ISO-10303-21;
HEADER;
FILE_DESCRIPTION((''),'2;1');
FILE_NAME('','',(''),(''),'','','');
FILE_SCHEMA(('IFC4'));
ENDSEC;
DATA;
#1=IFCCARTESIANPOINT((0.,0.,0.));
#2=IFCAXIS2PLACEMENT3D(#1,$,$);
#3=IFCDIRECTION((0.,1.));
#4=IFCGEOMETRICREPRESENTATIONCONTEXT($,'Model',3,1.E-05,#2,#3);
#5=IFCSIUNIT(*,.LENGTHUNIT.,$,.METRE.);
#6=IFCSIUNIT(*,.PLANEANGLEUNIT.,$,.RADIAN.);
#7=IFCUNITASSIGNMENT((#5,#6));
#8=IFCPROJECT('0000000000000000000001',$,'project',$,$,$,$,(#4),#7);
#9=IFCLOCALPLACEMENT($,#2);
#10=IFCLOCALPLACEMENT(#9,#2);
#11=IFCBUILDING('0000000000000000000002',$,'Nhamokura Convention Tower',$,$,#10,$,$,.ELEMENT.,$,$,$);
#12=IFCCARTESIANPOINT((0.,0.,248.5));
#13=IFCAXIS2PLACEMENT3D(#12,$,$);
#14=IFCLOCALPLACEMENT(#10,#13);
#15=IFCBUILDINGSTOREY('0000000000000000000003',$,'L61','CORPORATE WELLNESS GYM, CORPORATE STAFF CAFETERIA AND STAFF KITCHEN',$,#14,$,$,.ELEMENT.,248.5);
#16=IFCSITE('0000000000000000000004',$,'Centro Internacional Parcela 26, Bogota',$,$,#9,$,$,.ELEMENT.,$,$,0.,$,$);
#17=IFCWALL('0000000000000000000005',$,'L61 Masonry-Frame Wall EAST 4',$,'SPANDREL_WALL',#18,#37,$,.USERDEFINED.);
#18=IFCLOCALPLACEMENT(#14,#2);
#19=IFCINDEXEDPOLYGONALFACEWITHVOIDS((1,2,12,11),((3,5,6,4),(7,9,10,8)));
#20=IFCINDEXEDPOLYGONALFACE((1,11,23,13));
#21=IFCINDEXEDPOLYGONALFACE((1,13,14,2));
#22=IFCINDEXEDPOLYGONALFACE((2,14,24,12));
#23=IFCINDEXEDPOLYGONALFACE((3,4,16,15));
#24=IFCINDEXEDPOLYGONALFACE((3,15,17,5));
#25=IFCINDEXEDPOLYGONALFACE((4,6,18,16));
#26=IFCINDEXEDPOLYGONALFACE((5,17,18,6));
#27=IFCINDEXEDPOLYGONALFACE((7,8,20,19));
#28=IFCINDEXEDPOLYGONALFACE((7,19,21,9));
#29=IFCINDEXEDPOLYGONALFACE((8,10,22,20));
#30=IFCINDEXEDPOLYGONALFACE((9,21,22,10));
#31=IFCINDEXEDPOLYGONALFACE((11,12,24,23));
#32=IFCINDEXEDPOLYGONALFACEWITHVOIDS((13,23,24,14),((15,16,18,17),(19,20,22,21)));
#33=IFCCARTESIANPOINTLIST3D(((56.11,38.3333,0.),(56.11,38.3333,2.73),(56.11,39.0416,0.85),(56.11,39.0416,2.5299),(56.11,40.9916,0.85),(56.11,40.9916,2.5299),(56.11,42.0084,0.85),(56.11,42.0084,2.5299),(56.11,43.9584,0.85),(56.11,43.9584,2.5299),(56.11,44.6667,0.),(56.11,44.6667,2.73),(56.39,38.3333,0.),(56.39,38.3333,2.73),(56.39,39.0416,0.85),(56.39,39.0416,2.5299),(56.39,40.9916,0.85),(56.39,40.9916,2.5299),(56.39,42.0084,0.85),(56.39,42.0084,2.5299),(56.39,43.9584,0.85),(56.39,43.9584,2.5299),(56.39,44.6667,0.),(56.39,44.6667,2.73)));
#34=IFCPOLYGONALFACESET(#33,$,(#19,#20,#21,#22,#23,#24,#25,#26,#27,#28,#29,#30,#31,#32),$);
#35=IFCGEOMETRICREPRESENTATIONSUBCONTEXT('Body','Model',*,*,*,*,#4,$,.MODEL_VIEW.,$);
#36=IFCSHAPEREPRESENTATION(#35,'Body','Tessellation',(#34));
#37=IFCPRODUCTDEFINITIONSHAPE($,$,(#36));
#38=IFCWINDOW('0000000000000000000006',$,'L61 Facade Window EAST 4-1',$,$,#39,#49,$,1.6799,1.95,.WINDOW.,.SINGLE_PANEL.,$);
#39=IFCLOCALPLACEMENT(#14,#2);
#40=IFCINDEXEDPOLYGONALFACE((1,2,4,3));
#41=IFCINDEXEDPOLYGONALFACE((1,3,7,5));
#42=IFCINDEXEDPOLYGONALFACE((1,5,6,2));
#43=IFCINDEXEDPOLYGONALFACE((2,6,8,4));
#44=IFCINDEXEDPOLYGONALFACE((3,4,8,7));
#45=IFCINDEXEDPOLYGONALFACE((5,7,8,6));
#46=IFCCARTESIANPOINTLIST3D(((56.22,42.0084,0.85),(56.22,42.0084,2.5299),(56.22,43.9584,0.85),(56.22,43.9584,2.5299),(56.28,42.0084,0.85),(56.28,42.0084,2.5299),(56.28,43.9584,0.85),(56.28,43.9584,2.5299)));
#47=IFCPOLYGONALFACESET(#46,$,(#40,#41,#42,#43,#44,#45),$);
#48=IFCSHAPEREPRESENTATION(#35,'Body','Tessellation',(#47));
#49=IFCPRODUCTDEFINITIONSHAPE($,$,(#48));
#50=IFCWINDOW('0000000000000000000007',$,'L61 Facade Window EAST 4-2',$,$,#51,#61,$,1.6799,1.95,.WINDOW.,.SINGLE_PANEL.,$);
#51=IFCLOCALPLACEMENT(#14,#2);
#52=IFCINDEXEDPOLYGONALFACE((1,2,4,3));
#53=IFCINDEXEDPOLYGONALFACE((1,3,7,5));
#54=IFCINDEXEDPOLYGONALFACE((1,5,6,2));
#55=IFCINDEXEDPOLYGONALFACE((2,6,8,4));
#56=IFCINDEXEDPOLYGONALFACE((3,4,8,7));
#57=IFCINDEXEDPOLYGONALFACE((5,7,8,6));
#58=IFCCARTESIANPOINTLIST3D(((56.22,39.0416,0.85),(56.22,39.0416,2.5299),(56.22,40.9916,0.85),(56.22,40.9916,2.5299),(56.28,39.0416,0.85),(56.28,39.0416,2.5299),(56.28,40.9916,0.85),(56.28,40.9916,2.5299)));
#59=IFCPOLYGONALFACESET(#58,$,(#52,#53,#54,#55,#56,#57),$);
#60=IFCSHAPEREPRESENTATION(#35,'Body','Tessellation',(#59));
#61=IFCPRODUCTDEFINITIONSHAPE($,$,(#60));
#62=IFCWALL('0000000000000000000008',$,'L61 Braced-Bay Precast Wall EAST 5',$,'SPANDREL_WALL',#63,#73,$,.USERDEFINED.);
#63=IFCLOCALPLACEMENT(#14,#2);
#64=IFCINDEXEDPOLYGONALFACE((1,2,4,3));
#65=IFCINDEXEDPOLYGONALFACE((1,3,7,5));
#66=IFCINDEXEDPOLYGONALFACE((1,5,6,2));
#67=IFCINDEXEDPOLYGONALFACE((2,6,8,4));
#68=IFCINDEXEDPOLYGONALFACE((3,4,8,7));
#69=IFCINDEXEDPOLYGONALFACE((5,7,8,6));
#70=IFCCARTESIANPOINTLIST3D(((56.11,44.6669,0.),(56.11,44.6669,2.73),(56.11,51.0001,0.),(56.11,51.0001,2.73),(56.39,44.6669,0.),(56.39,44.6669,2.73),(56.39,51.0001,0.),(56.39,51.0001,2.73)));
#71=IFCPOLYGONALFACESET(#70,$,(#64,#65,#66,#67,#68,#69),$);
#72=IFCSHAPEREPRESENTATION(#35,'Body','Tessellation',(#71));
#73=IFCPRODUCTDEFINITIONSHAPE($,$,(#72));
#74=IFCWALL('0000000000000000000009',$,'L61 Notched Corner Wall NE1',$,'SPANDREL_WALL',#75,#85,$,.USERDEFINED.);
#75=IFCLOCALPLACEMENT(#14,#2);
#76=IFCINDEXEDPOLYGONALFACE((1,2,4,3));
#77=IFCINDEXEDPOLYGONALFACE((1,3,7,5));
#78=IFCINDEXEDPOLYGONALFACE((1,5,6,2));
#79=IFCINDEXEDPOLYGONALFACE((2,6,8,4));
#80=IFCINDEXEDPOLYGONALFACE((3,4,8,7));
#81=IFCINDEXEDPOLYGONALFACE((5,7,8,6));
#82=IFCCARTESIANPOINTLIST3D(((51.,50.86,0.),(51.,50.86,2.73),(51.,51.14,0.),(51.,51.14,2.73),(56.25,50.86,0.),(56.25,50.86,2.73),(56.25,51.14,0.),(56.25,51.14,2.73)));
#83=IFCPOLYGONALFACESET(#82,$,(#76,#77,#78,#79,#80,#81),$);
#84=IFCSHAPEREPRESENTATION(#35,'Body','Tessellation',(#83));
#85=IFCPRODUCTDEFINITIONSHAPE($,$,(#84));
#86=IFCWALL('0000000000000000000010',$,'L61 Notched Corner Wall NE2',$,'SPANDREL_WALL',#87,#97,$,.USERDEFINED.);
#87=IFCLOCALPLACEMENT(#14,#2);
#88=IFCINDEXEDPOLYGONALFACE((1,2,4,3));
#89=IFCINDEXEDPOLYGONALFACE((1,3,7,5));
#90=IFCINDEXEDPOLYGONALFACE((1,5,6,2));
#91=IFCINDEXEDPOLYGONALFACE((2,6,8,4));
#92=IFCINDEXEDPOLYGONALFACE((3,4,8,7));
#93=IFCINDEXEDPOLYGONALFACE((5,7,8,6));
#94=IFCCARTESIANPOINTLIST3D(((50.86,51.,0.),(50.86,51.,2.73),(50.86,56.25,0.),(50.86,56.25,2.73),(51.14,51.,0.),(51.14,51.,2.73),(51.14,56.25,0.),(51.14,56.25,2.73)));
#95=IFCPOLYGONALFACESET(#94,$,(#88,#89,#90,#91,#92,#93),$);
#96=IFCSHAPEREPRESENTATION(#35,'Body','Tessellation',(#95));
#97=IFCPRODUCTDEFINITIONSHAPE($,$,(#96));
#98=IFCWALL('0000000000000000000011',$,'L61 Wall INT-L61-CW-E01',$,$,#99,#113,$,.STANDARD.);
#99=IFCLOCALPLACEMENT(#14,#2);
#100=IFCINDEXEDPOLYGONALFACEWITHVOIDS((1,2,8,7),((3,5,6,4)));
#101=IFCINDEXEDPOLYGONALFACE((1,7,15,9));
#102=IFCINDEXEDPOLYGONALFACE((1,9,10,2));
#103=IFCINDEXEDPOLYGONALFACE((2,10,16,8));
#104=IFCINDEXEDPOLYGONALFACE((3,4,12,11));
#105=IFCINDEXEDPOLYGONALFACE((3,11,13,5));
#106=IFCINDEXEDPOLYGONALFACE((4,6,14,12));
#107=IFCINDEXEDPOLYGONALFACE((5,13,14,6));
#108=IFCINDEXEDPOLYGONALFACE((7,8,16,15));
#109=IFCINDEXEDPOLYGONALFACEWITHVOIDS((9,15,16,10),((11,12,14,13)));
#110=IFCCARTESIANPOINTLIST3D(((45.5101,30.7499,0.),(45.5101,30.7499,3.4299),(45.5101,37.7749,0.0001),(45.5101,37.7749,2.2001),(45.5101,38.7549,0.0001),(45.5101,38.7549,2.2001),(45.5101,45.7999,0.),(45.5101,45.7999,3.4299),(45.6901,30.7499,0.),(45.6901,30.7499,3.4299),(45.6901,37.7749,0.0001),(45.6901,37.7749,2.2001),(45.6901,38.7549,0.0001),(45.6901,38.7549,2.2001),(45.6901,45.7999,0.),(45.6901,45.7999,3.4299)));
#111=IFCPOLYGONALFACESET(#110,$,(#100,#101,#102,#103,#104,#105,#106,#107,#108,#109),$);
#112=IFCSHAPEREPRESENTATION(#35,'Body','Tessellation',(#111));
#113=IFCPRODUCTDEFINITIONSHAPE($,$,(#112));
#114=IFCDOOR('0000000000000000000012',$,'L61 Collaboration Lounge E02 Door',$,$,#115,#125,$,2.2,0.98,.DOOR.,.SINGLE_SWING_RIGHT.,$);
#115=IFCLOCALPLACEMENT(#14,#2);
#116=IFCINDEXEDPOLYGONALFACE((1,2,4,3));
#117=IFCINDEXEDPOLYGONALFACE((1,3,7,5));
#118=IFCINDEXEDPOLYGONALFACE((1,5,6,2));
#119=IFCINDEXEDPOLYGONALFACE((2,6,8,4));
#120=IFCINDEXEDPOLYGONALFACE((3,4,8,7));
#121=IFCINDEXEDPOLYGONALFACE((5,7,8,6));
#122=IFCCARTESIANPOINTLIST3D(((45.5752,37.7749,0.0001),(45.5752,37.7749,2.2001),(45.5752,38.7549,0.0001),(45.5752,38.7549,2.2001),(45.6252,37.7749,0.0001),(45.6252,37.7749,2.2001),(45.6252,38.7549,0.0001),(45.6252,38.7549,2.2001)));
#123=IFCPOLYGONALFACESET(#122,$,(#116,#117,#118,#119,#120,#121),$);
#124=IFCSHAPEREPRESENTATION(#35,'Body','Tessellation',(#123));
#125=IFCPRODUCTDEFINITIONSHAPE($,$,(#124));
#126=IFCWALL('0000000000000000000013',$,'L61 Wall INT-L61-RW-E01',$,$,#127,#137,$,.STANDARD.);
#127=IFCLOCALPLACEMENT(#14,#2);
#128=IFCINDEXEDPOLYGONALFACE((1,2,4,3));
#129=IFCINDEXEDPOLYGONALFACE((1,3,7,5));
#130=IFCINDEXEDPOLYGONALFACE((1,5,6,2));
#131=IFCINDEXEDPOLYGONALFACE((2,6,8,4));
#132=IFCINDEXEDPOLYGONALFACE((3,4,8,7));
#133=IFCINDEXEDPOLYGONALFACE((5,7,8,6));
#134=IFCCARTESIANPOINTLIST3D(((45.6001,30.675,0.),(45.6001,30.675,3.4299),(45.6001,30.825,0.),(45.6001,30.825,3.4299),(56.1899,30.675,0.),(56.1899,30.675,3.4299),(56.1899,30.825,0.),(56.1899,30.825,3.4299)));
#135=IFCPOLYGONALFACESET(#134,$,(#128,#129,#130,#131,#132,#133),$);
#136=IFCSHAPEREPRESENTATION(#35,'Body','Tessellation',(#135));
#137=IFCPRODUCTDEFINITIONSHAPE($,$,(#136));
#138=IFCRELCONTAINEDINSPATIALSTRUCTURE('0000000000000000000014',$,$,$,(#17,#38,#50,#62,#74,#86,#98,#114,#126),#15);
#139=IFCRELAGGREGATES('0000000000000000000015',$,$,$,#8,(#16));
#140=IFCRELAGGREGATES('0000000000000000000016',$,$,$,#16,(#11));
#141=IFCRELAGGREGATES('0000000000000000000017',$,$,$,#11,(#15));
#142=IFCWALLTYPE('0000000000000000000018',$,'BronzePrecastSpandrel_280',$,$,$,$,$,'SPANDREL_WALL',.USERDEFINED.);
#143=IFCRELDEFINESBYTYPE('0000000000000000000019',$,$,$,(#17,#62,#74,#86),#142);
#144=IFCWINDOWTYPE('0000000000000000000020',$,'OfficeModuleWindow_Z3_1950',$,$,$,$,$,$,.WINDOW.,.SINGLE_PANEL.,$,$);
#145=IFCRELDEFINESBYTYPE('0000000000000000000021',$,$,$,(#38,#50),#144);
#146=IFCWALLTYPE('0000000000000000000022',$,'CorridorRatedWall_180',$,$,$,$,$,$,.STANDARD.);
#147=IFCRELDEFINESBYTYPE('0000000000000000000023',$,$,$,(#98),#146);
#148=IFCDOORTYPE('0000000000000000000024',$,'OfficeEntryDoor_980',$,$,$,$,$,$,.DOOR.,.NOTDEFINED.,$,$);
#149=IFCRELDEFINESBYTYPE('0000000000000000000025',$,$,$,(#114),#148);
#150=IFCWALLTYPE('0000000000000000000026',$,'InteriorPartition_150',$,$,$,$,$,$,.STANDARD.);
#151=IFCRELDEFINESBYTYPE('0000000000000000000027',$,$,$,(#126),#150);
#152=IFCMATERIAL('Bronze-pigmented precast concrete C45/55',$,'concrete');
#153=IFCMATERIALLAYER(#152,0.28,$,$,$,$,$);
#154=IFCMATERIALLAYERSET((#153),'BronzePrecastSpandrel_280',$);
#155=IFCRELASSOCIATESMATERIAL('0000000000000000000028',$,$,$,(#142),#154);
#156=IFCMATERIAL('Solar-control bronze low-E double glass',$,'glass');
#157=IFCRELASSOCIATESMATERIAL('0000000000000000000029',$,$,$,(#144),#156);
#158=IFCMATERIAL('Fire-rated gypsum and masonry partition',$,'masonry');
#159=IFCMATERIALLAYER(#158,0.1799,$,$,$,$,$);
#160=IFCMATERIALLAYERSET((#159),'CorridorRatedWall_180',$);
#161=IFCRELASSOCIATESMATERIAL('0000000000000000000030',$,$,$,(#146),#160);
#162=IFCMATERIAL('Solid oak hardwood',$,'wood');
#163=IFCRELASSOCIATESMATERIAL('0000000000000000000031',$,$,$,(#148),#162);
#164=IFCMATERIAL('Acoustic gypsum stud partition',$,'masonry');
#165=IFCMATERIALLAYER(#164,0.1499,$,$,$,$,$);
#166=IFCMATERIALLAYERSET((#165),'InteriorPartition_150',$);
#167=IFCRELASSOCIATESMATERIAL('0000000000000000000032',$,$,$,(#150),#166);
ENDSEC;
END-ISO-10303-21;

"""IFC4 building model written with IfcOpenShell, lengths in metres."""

from ifc_helpers import new_model, si_unit, direction, frame, frame_2d, origin, place, context, subcontext, project, spatial, rectangle, extrude, material, layer, layer_set, type_object, element, fill, save


model = new_model("IFC4")

# Units and contexts
model_context = context("Model", 3, precision=1e-05, world=origin(), true_north=direction((0.0, 1.0)))
body_context = subcontext(model_context, "Body", "Model", "MODEL_VIEW")
ifc_project = project(units=[si_unit("LENGTHUNIT", "METRE"), si_unit("PLANEANGLEUNIT", "RADIAN")], contexts=[model_context])

# Site, building, storey
site_placement = place(None, origin())
site = spatial("IfcSite", under=ifc_project, at=site_placement, Name="Centro Internacional Parcela 26, Bogota", CompositionType="ELEMENT", RefElevation=0.0)
building_placement = place(site_placement, origin())
building = spatial("IfcBuilding", under=site, at=building_placement, Name="Nhamokura Convention Tower", CompositionType="ELEMENT")
storey_placement = place(building_placement, frame((0.0, 0.0, 248.5)))
storey = spatial("IfcBuildingStorey", under=building, at=storey_placement, Name="L61", Description="CORPORATE WELLNESS GYM, CORPORATE STAFF CAFETERIA AND STAFF KITCHEN", CompositionType="ELEMENT", Elevation=248.5)

# Shared definitions
ifc_material_1 = material(Name="Bronze-pigmented precast concrete C45/55", Category="concrete")
ifc_layer_1 = layer(ifc_material_1, 0.28)
ifc_layer_set_1 = layer_set([ifc_layer_1], Name="BronzePrecastSpandrel_280")
wall_type_1 = type_object("IfcWallType", Name="BronzePrecastSpandrel_280", ElementType="SPANDREL_WALL", PredefinedType="USERDEFINED", material=ifc_layer_set_1)

# Wall, openings, windows
wall_1_placement = place(storey_placement, frame((56.25, 44.6667, 0.0), z_axis=(0.0, 0.0, 1.0), x_axis=(0.0, -1.0, 0.0)))
wall_1 = element("IfcWall", 1, at=wall_1_placement, inside=storey, type_object=wall_type_1, Name="L61 Masonry-Frame Wall EAST 4", ObjectType="SPANDREL_WALL", PredefinedType="USERDEFINED", context=body_context, shape_type="SweptSolid", body=[
    extrude(rectangle(XDim=6.3335, YDim=0.28, at=frame_2d((3.1667, 0.0))), origin(), (0.0, 0.0, 1.0), 2.73),
])
opening_1_placement = place(wall_1_placement, frame((0.7083, 0.0, 0.8501)))
opening_1 = element("IfcOpeningElement", 2, at=opening_1_placement, cuts=wall_1, PredefinedType="OPENING", context=body_context, shape_type="SweptSolid", body=[
    extrude(rectangle(XDim=1.95, YDim=1.6799, at=frame_2d((0.9751, 0.8398))), frame((0.0, 0.1499, 0.0), z_axis=(0.0, -1.0, 0.0), x_axis=(1.0, 0.0, 0.0)), (0.0, 0.0, 1.0), 0.3),
])
opening_2_placement = place(wall_1_placement, frame((3.675, 0.0, 0.8501)))
opening_2 = element("IfcOpeningElement", 3, at=opening_2_placement, cuts=wall_1, PredefinedType="OPENING", context=body_context, shape_type="SweptSolid", body=[
    extrude(rectangle(XDim=1.95, YDim=1.6799, at=frame_2d((0.9751, 0.8398))), frame((0.0, 0.1499, 0.0), z_axis=(0.0, -1.0, 0.0), x_axis=(1.0, 0.0, 0.0)), (0.0, 0.0, 1.0), 0.3),
])
ifc_material_2 = material(Name="Solar-control bronze low-E double glass", Category="glass")
window_type_1 = type_object("IfcWindowType", Name="OfficeModuleWindow_Z3_1950", PartitioningType="SINGLE_PANEL", PredefinedType="WINDOW", material=ifc_material_2)
window_1_placement = place(opening_1_placement, origin())
window_1 = element("IfcWindow", 4, at=window_1_placement, inside=storey, type_object=window_type_1, Name="L61 Facade Window EAST 4-1", OverallHeight=1.6799, OverallWidth=1.95, PartitioningType="SINGLE_PANEL", PredefinedType="WINDOW", context=body_context, shape_type="SweptSolid", body=[
    extrude(rectangle(XDim=1.95, YDim=1.6799, at=frame_2d((0.9751, 0.8398))), frame((0.0, 0.03, 0.0), z_axis=(0.0, -1.0, 0.0), x_axis=(1.0, 0.0, 0.0)), (0.0, 0.0, 1.0), 0.0601),
])
fill(opening_1, window_1)
window_2_placement = place(opening_2_placement, origin())
window_2 = element("IfcWindow", 5, at=window_2_placement, inside=storey, type_object=window_type_1, Name="L61 Facade Window EAST 4-2", OverallHeight=1.6799, OverallWidth=1.95, PartitioningType="SINGLE_PANEL", PredefinedType="WINDOW", context=body_context, shape_type="SweptSolid", body=[
    extrude(rectangle(XDim=1.95, YDim=1.6799, at=frame_2d((0.9751, 0.8398))), frame((0.0, 0.03, 0.0), z_axis=(0.0, -1.0, 0.0), x_axis=(1.0, 0.0, 0.0)), (0.0, 0.0, 1.0), 0.0601),
])
fill(opening_2, window_2)

# Walls
wall_2_placement = place(storey_placement, frame((56.25, 51.0, 0.0), z_axis=(0.0, 0.0, 1.0), x_axis=(0.0, -1.0, 0.0)))
element("IfcWall", 6, at=wall_2_placement, inside=storey, type_object=wall_type_1, Name="L61 Braced-Bay Precast Wall EAST 5", ObjectType="SPANDREL_WALL", PredefinedType="USERDEFINED", context=body_context, shape_type="SweptSolid", body=[
    extrude(rectangle(XDim=6.3333, YDim=0.28, at=frame_2d((3.1665, 0.0))), origin(), (0.0, 0.0, 1.0), 2.73),
])
for number, where, z_axis, x_axis, name in (
    (7, (51.0, 51.0, 0.0), (0.0, 0.0, 1.0), (1.0, 0.0, 0.0), "L61 Notched Corner Wall NE1"),
    (8, (51.0, 56.25, 0.0), (0.0, 0.0, 1.0), (0.0, -1.0, 0.0), "L61 Notched Corner Wall NE2"),
):
    element("IfcWall", number, at=place(storey_placement, frame(where, z_axis=z_axis, x_axis=x_axis)), inside=storey, type_object=wall_type_1, Name=name, ObjectType="SPANDREL_WALL", PredefinedType="USERDEFINED", context=body_context, shape_type="SweptSolid", body=[
        extrude(rectangle(XDim=5.25, YDim=0.28, at=frame_2d((2.625, 0.0))), origin(), (0.0, 0.0, 1.0), 2.73),
    ])

# Wall, opening, door
ifc_material_3 = material(Name="Fire-rated gypsum and masonry partition", Category="masonry")
ifc_layer_2 = layer(ifc_material_3, 0.1799)
ifc_layer_set_2 = layer_set([ifc_layer_2], Name="CorridorRatedWall_180")
wall_type_2 = type_object("IfcWallType", Name="CorridorRatedWall_180", PredefinedType="STANDARD", material=ifc_layer_set_2)
wall_3_placement = place(storey_placement, frame((45.6001, 30.75, 0.0), z_axis=(0.0, 0.0, 1.0), x_axis=(0.0, 1.0, 0.0)))
wall_3 = element("IfcWall", 9, at=wall_3_placement, inside=storey, type_object=wall_type_2, Name="L61 Wall INT-L61-CW-E01", PredefinedType="STANDARD", context=body_context, shape_type="SweptSolid", body=[
    extrude(rectangle(XDim=15.05, YDim=0.1799, at=frame_2d((7.5249, 0.0))), origin(), (0.0, 0.0, 1.0), 3.4299),
])
opening_3_placement = place(wall_3_placement, frame((7.0249, 0.0, 0.0)))
opening_3 = element("IfcOpeningElement", 10, at=opening_3_placement, cuts=wall_3, PredefinedType="OPENING", context=body_context, shape_type="SweptSolid", body=[
    extrude(rectangle(XDim=0.98, YDim=2.2, at=frame_2d((0.49, 1.1001))), frame((0.0, 0.0999, 0.0), z_axis=(0.0, -1.0, 0.0), x_axis=(1.0, 0.0, 0.0)), (0.0, 0.0, 1.0), 0.2),
])
ifc_material_4 = material(Name="Solid oak hardwood", Category="wood")
door_type = type_object("IfcDoorType", Name="OfficeEntryDoor_980", OperationType="NOTDEFINED", PredefinedType="DOOR", material=ifc_material_4)
door_placement = place(opening_3_placement, origin())
door = element("IfcDoor", 11, at=door_placement, inside=storey, type_object=door_type, Name="L61 Collaboration Lounge E02 Door", OperationType="SINGLE_SWING_RIGHT", OverallHeight=2.2, OverallWidth=0.98, PredefinedType="DOOR", context=body_context, shape_type="SweptSolid", body=[
    extrude(rectangle(XDim=0.98, YDim=2.2, at=frame_2d((0.49, 1.1001))), frame((0.0, 0.0249, 0.0), z_axis=(0.0, -1.0, 0.0), x_axis=(1.0, 0.0, 0.0)), (0.0, 0.0, 1.0), 0.05),
])
fill(opening_3, door)

# Wall
ifc_material_5 = material(Name="Acoustic gypsum stud partition", Category="masonry")
ifc_layer_3 = layer(ifc_material_5, 0.1499)
ifc_layer_set_3 = layer_set([ifc_layer_3], Name="InteriorPartition_150")
wall_type_3 = type_object("IfcWallType", Name="InteriorPartition_150", PredefinedType="STANDARD", material=ifc_layer_set_3)
wall_4_placement = place(storey_placement, frame((45.6001, 30.75, 0.0), z_axis=(0.0, 0.0, 1.0), x_axis=(1.0, 0.0, 0.0)))
element("IfcWall", 12, at=wall_4_placement, inside=storey, type_object=wall_type_3, Name="L61 Wall INT-L61-RW-E01", PredefinedType="STANDARD", context=body_context, shape_type="SweptSolid", body=[
    extrude(rectangle(XDim=10.5898, YDim=0.1499, at=frame_2d((5.2949, 0.0))), origin(), (0.0, 0.0, 1.0), 3.4299),
])

save(model, "model.ifc")
